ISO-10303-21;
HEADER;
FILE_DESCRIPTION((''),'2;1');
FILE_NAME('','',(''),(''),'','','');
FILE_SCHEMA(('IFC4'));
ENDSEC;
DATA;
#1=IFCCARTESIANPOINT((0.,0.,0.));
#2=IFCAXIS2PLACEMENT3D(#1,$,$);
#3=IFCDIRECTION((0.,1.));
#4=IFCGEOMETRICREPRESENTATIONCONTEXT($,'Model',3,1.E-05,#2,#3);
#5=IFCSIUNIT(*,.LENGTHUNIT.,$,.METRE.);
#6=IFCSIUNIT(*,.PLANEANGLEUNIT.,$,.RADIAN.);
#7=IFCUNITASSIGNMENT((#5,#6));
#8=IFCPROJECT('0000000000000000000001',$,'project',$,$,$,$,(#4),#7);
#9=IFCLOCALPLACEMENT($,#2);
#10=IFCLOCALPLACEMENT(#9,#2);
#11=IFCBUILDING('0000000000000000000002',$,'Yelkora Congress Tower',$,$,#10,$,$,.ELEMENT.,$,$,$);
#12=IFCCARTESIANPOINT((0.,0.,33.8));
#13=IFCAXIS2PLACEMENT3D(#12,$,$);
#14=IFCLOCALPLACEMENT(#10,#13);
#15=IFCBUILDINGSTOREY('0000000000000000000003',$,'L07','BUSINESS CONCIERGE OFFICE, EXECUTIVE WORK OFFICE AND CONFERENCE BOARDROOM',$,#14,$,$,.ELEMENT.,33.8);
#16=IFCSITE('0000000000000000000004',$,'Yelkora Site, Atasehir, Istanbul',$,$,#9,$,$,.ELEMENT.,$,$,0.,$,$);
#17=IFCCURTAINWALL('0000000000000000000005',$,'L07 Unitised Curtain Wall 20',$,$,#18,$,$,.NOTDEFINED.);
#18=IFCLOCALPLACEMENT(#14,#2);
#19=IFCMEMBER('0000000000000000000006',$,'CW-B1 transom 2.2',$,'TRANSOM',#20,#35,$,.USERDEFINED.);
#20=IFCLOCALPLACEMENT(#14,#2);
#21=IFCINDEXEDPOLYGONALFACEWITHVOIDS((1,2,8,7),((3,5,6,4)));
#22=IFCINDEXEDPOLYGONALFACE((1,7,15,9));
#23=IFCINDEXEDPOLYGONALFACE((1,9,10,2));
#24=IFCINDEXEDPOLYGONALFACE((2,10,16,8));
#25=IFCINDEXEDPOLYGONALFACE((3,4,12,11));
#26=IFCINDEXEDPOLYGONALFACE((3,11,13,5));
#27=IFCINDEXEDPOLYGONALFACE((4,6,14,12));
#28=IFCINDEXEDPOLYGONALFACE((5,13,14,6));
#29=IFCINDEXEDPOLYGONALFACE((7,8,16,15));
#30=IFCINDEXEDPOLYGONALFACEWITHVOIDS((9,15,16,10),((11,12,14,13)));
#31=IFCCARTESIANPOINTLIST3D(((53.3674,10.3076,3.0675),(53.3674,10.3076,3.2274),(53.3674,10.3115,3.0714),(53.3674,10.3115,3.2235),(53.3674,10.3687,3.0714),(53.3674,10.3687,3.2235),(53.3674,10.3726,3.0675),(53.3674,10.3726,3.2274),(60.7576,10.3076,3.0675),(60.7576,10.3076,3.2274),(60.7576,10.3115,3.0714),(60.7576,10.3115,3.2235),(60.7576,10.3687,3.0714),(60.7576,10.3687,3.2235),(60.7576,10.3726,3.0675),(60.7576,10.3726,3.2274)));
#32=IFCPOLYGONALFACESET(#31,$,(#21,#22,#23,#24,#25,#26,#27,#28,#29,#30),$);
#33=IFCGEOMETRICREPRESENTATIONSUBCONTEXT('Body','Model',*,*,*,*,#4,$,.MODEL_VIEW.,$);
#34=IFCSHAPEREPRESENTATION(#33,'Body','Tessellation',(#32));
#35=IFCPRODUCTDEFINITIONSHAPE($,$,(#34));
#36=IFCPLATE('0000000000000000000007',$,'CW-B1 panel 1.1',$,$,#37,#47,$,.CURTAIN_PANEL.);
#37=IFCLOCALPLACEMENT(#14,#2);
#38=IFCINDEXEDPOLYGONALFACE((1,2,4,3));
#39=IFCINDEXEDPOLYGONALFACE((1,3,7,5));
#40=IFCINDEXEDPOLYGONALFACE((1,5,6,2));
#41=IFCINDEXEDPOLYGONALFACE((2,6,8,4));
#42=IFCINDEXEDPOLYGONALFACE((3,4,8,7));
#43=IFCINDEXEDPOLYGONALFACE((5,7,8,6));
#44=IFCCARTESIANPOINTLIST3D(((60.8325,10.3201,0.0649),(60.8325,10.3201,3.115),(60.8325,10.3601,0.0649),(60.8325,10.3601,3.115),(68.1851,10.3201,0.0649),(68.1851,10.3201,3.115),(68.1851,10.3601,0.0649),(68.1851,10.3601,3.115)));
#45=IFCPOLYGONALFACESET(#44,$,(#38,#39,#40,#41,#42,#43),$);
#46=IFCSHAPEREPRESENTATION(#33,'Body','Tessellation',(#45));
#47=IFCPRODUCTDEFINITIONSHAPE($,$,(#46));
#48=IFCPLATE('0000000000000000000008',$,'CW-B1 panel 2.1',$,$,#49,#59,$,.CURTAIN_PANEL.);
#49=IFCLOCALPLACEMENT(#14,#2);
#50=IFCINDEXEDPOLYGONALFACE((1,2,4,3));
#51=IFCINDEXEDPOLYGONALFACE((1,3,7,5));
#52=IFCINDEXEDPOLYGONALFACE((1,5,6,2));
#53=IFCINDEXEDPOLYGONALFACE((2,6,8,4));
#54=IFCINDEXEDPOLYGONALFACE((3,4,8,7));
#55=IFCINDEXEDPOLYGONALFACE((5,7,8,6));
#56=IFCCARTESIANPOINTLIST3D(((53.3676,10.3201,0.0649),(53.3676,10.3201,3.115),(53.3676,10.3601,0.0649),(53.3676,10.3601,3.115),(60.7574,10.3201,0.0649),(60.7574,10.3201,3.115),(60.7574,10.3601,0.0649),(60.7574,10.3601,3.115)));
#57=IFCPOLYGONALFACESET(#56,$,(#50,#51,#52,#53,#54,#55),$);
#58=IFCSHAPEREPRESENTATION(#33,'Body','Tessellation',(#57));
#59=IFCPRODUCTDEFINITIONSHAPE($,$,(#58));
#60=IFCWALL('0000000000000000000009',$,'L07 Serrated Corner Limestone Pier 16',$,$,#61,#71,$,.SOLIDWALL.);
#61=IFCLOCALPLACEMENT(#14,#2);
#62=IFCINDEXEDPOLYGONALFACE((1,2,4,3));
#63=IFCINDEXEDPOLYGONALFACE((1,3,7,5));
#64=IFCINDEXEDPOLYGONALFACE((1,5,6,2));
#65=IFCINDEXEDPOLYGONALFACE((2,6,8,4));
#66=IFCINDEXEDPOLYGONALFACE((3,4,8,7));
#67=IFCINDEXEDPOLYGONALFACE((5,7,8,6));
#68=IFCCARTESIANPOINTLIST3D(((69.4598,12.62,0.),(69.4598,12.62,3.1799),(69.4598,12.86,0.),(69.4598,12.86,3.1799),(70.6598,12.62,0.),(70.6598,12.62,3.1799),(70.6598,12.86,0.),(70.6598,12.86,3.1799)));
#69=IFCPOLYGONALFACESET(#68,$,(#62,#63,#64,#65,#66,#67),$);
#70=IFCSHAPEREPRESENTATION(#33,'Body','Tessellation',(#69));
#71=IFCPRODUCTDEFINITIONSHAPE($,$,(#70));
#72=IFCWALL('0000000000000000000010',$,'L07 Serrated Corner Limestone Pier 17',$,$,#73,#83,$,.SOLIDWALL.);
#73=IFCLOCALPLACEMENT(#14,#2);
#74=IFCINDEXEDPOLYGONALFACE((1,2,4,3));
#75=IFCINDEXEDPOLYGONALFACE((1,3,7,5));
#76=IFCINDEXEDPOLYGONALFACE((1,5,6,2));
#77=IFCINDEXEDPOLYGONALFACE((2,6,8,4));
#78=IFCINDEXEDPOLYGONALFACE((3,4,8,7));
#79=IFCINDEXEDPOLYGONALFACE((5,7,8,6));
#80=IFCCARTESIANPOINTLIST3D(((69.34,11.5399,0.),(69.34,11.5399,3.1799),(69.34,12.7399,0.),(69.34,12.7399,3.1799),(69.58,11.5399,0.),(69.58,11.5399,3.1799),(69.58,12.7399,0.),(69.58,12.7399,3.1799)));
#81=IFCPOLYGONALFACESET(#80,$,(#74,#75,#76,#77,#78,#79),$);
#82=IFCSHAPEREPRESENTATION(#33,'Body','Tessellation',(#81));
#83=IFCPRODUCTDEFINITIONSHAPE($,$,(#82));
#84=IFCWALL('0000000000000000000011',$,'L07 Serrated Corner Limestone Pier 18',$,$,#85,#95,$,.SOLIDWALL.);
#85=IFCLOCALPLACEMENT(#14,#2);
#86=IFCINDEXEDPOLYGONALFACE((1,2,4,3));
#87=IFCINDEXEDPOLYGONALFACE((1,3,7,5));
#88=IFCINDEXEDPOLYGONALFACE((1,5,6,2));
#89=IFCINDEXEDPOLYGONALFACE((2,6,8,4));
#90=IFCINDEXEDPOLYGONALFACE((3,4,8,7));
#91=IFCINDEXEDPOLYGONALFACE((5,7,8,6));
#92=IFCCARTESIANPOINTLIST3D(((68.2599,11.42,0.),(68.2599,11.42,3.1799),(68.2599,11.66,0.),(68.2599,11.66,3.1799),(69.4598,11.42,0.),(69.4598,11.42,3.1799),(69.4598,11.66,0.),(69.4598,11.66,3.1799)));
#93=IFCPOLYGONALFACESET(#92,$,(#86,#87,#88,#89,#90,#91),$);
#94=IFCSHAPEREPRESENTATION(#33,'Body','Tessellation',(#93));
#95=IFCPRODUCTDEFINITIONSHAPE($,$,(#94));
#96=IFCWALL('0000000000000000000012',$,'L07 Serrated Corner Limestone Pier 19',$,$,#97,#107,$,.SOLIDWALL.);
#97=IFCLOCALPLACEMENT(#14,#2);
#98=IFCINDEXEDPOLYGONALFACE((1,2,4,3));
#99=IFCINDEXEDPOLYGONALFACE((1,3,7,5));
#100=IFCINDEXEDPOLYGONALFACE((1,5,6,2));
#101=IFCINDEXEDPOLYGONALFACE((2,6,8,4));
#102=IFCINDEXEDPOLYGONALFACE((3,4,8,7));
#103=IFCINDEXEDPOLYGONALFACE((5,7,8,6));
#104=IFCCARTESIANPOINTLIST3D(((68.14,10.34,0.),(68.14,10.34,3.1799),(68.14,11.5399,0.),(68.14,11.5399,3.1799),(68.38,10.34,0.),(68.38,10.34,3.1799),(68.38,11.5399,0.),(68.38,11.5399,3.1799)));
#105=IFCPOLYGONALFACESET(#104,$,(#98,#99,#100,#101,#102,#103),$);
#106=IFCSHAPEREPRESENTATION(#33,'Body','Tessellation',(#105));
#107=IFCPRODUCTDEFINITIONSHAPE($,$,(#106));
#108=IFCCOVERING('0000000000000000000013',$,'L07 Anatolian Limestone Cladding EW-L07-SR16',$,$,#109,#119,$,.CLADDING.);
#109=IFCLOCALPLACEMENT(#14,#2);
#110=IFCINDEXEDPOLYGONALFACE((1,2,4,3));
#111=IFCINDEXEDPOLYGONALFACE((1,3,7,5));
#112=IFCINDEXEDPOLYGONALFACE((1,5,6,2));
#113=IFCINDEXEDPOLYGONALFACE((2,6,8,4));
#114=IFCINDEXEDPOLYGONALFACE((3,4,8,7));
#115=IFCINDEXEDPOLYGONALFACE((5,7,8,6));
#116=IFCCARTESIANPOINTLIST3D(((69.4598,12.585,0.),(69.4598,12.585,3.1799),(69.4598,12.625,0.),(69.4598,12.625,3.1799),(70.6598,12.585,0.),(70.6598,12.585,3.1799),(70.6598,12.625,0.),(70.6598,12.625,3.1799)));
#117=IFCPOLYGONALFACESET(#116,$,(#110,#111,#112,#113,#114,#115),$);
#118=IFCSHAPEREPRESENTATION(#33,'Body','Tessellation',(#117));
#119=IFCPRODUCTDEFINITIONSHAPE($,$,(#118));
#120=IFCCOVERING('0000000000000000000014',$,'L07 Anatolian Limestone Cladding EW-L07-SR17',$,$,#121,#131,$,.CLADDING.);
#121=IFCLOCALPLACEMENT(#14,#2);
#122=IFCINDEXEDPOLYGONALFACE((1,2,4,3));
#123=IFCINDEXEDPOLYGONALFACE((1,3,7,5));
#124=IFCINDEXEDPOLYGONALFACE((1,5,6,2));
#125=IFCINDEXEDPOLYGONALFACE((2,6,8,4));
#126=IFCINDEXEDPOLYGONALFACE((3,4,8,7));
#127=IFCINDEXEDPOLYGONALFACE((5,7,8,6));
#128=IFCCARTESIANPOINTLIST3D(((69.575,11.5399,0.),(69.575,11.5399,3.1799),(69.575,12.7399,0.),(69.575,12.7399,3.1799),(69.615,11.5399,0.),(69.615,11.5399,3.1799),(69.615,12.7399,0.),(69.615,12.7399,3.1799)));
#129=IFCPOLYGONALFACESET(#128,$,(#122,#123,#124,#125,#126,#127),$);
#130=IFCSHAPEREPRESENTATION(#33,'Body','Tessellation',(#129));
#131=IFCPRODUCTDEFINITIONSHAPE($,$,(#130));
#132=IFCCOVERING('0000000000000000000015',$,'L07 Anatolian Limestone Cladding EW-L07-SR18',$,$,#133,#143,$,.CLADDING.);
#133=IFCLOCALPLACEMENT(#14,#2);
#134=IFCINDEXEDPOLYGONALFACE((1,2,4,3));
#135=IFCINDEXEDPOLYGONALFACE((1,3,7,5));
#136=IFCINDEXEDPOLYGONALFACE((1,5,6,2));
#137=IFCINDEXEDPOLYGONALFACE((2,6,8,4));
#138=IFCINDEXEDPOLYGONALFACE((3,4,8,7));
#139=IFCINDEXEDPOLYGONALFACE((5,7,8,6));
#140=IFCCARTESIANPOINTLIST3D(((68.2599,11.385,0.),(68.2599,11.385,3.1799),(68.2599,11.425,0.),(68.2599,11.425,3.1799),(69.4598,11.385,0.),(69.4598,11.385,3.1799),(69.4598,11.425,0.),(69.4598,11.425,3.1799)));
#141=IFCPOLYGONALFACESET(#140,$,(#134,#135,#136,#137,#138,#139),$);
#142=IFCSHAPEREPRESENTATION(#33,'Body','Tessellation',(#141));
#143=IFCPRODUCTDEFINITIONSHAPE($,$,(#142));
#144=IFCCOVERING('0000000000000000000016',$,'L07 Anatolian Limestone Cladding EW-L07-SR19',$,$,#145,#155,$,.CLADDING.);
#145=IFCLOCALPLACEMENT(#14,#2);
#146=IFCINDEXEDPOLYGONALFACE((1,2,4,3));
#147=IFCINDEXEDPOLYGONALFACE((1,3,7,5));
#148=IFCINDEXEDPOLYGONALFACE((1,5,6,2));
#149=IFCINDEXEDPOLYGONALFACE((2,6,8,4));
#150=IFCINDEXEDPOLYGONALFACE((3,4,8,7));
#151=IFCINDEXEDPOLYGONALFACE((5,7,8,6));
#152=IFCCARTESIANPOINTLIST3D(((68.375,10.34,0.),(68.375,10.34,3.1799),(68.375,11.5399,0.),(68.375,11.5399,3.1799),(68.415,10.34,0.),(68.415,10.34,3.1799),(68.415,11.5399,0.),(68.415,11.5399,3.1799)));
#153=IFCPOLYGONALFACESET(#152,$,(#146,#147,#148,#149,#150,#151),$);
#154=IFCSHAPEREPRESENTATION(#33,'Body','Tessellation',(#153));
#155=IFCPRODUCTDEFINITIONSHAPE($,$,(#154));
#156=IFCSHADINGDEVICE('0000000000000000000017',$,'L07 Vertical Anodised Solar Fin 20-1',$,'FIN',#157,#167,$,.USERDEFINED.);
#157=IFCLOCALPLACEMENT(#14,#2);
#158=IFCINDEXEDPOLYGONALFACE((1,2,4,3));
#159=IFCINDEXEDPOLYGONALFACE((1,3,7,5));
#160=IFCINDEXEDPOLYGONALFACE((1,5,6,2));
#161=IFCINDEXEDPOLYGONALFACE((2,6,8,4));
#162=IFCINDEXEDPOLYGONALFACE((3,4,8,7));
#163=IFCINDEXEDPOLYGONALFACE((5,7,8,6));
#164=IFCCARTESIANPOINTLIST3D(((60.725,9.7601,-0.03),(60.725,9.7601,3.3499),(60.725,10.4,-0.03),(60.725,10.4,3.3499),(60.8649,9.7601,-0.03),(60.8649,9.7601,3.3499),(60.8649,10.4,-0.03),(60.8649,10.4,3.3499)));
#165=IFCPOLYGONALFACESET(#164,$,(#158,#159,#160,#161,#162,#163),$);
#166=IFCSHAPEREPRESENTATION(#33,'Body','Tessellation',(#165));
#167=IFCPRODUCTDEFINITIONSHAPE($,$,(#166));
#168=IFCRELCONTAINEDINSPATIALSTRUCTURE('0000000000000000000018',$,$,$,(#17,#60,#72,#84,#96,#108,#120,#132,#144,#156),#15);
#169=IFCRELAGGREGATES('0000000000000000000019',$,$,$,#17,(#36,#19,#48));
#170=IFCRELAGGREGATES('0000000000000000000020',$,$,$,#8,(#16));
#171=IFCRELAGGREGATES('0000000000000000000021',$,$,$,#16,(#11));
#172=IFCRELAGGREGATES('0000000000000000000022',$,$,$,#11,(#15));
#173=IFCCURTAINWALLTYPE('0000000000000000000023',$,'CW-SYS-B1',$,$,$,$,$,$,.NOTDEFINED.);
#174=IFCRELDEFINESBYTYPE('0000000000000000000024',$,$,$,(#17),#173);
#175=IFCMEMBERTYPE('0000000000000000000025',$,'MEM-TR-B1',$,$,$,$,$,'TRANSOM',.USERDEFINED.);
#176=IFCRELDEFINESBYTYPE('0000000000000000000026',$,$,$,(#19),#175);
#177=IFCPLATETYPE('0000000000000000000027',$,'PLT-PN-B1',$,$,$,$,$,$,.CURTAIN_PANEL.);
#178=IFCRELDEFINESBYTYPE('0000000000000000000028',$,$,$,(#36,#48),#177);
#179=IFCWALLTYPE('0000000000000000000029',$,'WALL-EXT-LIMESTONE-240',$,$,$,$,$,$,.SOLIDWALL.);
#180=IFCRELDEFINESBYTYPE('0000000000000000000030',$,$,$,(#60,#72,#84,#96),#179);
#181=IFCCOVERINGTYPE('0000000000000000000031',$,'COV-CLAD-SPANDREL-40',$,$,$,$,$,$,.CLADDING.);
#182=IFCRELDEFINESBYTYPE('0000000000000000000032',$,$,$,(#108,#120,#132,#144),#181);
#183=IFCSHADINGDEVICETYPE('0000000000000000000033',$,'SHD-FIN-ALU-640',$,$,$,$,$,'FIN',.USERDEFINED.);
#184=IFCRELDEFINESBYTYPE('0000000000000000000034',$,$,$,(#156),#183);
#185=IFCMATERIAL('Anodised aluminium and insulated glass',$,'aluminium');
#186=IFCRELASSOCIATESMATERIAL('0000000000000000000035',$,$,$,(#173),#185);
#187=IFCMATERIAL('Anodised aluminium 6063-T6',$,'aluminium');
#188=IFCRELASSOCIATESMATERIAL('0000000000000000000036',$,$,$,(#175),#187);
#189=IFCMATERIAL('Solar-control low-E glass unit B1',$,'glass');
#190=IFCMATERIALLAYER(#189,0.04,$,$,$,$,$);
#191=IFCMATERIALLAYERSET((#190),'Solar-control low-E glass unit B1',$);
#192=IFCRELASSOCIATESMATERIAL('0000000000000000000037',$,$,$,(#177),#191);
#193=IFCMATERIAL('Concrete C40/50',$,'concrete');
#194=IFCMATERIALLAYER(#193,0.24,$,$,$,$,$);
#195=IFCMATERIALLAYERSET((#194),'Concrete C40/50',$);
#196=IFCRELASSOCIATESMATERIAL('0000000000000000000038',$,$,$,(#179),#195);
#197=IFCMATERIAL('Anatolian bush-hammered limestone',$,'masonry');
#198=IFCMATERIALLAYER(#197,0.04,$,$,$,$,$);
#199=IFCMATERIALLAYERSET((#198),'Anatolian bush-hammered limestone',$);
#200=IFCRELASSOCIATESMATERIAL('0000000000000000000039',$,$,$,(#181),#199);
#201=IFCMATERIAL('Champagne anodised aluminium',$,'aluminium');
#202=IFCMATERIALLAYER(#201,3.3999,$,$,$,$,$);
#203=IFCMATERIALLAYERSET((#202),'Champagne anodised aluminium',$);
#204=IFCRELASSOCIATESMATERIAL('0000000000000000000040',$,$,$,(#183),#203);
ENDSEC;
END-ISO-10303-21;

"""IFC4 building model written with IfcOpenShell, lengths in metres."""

from ifc_helpers import new_model, si_unit, direction, frame, frame_2d, origin, origin_2d, place, context, subcontext, project, spatial, rectangle, hollow_rectangle, extrude, material, layer, layer_set, material_profile, profile_set, type_object, element, aggregate, save


model = new_model("IFC4")

# Units and contexts
model_context = context("Model", 3, precision=1e-05, world=origin(), true_north=direction((0.0, 1.0)))
body_context = subcontext(model_context, "Body", "Model", "MODEL_VIEW")
ifc_project = project(units=[si_unit("LENGTHUNIT", "METRE"), si_unit("PLANEANGLEUNIT", "RADIAN")], contexts=[model_context])

# Site, building, storey
site_placement = place(None, origin())
site = spatial("IfcSite", under=ifc_project, at=site_placement, Name="Yelkora Site, Atasehir, Istanbul", CompositionType="ELEMENT", RefElevation=0.0)
building_placement = place(site_placement, origin())
building = spatial("IfcBuilding", under=site, at=building_placement, Name="Yelkora Congress Tower", CompositionType="ELEMENT")
storey_placement = place(building_placement, frame((0.0, 0.0, 33.8)))
storey = spatial("IfcBuildingStorey", under=building, at=storey_placement, Name="L07", Description="BUSINESS CONCIERGE OFFICE, EXECUTIVE WORK OFFICE AND CONFERENCE BOARDROOM", CompositionType="ELEMENT", Elevation=33.8)

# Curtain wall, member, plates
ifc_material_1 = material(Name="Anodised aluminium and insulated glass", Category="aluminium")
curtain_wall_type = type_object("IfcCurtainWallType", Name="CW-SYS-B1", PredefinedType="NOTDEFINED", material=ifc_material_1)
curtain_wall_placement = place(storey_placement, origin())
curtain_wall = element("IfcCurtainWall", 1, at=curtain_wall_placement, inside=storey, type_object=curtain_wall_type, Name="L07 Unitised Curtain Wall 20", PredefinedType="NOTDEFINED")
ifc_material_2 = material(Name="Anodised aluminium 6063-T6", Category="aluminium")
ifc_material_profile_1 = material_profile(ifc_material_2, hollow_rectangle(XDim=0.0649, YDim=0.1599, WallThickness=0.0039, at=origin_2d()), Name="ALU 65x160x4")
ifc_profile_set_1 = profile_set([ifc_material_profile_1], Name="Anodised aluminium 6063-T6")
member_type_1 = type_object("IfcMemberType", Name="MEM-TR-B1", ElementType="TRANSOM", PredefinedType="USERDEFINED", material=ifc_profile_set_1)
member_1_placement = place(storey_placement, frame((60.7576, 10.3401, 3.1475), z_axis=(-1.0, 0.0, 0.0), x_axis=(0.0, -1.0, 0.0)))
member_1 = element("IfcMember", 2, at=member_1_placement, type_object=member_type_1, Name="CW-B1 transom 2.2", ObjectType="TRANSOM", PredefinedType="USERDEFINED", context=body_context, shape_type="SweptSolid", body=[
    extrude(hollow_rectangle(XDim=0.0649, YDim=0.1599, WallThickness=0.0039, at=origin_2d()), origin(), (0.0, 0.0, 1.0), 7.3901),
])
ifc_material_3 = material(Name="Solar-control low-E glass unit B1", Category="glass")
ifc_layer_1 = layer(ifc_material_3, 0.04)
ifc_layer_set_1 = layer_set([ifc_layer_1], Name="Solar-control low-E glass unit B1")
plate_type = type_object("IfcPlateType", Name="PLT-PN-B1", PredefinedType="CURTAIN_PANEL", material=ifc_layer_set_1)
plate_1_placement = place(storey_placement, frame((64.5088, 10.3401, 0.0649), z_axis=(0.0, 0.0, 1.0), x_axis=(-1.0, 0.0, 0.0)))
plate_1 = element("IfcPlate", 3, at=plate_1_placement, type_object=plate_type, Name="CW-B1 panel 1.1", PredefinedType="CURTAIN_PANEL", context=body_context, shape_type="SweptSolid", body=[
    extrude(rectangle(XDim=7.3525, YDim=0.04, at=origin_2d()), origin(), (0.0, 0.0, 1.0), 3.05),
])
plate_2_placement = place(storey_placement, frame((57.0625, 10.3401, 0.0649), z_axis=(0.0, 0.0, 1.0), x_axis=(-1.0, 0.0, 0.0)))
plate_2 = element("IfcPlate", 4, at=plate_2_placement, type_object=plate_type, Name="CW-B1 panel 2.1", PredefinedType="CURTAIN_PANEL", context=body_context, shape_type="SweptSolid", body=[
    extrude(rectangle(XDim=7.3899, YDim=0.04, at=origin_2d()), origin(), (0.0, 0.0, 1.0), 3.05),
])
aggregate(curtain_wall, [plate_1, member_1, plate_2])

# Walls
ifc_material_4 = material(Name="Concrete C40/50", Category="concrete")
ifc_layer_2 = layer(ifc_material_4, 0.24)
ifc_layer_set_2 = layer_set([ifc_layer_2], Name="Concrete C40/50")
wall_type = type_object("IfcWallType", Name="WALL-EXT-LIMESTONE-240", PredefinedType="SOLIDWALL", material=ifc_layer_set_2)
for number, where, z_axis, x_axis, name in (
    (5, (70.6599, 12.74, 0.0), (0.0, 0.0, 1.0), (-1.0, 0.0, 0.0), "L07 Serrated Corner Limestone Pier 16"),
    (6, (69.46, 12.74, 0.0), (0.0, 0.0, 1.0), (0.0, -1.0, 0.0), "L07 Serrated Corner Limestone Pier 17"),
    (7, (69.46, 11.54, 0.0), (0.0, 0.0, 1.0), (-1.0, 0.0, 0.0), "L07 Serrated Corner Limestone Pier 18"),
    (8, (68.26, 11.54, 0.0), (0.0, 0.0, 1.0), (0.0, -1.0, 0.0), "L07 Serrated Corner Limestone Pier 19"),
):
    element("IfcWall", number, at=place(storey_placement, frame(where, z_axis=z_axis, x_axis=x_axis)), inside=storey, type_object=wall_type, Name=name, PredefinedType="SOLIDWALL", context=body_context, shape_type="SweptSolid", body=[
        extrude(rectangle(XDim=1.2, YDim=0.24, at=frame_2d((0.6001, 0.0))), origin(), (0.0, 0.0, 1.0), 3.1799),
    ])

# Coverings
ifc_material_5 = material(Name="Anatolian bush-hammered limestone", Category="masonry")
ifc_layer_3 = layer(ifc_material_5, 0.04)
ifc_layer_set_3 = layer_set([ifc_layer_3], Name="Anatolian bush-hammered limestone")
covering_type = type_object("IfcCoveringType", Name="COV-CLAD-SPANDREL-40", PredefinedType="CLADDING", material=ifc_layer_set_3)
for number, where, z_axis, x_axis, name in (
    (9, (70.6599, 12.605, 0.0), (0.0, 0.0, 1.0), (-1.0, 0.0, 0.0), "L07 Anatolian Limestone Cladding EW-L07-SR16"),
    (10, (69.595, 12.74, 0.0), (0.0, 0.0, 1.0), (0.0, -1.0, 0.0), "L07 Anatolian Limestone Cladding EW-L07-SR17"),
    (11, (69.46, 11.405, 0.0), (0.0, 0.0, 1.0), (-1.0, 0.0, 0.0), "L07 Anatolian Limestone Cladding EW-L07-SR18"),
    (12, (68.395, 11.54, 0.0), (0.0, 0.0, 1.0), (0.0, -1.0, 0.0), "L07 Anatolian Limestone Cladding EW-L07-SR19"),
):
    element("IfcCovering", number, at=place(storey_placement, frame(where, z_axis=z_axis, x_axis=x_axis)), inside=storey, type_object=covering_type, Name=name, PredefinedType="CLADDING", context=body_context, shape_type="SweptSolid", body=[
        extrude(rectangle(XDim=1.2, YDim=0.04, at=frame_2d((0.6001, 0.0))), origin(), (0.0, 0.0, 1.0), 3.1799),
    ])

# Shading device
ifc_material_6 = material(Name="Champagne anodised aluminium", Category="aluminium")
ifc_layer_4 = layer(ifc_material_6, 3.3999)
ifc_layer_set_4 = layer_set([ifc_layer_4], Name="Champagne anodised aluminium")
shading_device_type = type_object("IfcShadingDeviceType", Name="SHD-FIN-ALU-640", ElementType="FIN", PredefinedType="USERDEFINED", material=ifc_layer_set_4)
shading_device_placement = place(storey_placement, frame((60.7949, 10.0801, -0.03), z_axis=(0.0, 0.0, 1.0), x_axis=(-1.0, 0.0, 0.0)))
element("IfcShadingDevice", 13, at=shading_device_placement, inside=storey, type_object=shading_device_type, Name="L07 Vertical Anodised Solar Fin 20-1", ObjectType="FIN", PredefinedType="USERDEFINED", context=body_context, shape_type="SweptSolid", body=[
    extrude(rectangle(XDim=0.1399, YDim=0.6399, at=origin_2d()), origin(), (0.0, 0.0, 1.0), 3.3799),
])

save(model, "model.ifc")
